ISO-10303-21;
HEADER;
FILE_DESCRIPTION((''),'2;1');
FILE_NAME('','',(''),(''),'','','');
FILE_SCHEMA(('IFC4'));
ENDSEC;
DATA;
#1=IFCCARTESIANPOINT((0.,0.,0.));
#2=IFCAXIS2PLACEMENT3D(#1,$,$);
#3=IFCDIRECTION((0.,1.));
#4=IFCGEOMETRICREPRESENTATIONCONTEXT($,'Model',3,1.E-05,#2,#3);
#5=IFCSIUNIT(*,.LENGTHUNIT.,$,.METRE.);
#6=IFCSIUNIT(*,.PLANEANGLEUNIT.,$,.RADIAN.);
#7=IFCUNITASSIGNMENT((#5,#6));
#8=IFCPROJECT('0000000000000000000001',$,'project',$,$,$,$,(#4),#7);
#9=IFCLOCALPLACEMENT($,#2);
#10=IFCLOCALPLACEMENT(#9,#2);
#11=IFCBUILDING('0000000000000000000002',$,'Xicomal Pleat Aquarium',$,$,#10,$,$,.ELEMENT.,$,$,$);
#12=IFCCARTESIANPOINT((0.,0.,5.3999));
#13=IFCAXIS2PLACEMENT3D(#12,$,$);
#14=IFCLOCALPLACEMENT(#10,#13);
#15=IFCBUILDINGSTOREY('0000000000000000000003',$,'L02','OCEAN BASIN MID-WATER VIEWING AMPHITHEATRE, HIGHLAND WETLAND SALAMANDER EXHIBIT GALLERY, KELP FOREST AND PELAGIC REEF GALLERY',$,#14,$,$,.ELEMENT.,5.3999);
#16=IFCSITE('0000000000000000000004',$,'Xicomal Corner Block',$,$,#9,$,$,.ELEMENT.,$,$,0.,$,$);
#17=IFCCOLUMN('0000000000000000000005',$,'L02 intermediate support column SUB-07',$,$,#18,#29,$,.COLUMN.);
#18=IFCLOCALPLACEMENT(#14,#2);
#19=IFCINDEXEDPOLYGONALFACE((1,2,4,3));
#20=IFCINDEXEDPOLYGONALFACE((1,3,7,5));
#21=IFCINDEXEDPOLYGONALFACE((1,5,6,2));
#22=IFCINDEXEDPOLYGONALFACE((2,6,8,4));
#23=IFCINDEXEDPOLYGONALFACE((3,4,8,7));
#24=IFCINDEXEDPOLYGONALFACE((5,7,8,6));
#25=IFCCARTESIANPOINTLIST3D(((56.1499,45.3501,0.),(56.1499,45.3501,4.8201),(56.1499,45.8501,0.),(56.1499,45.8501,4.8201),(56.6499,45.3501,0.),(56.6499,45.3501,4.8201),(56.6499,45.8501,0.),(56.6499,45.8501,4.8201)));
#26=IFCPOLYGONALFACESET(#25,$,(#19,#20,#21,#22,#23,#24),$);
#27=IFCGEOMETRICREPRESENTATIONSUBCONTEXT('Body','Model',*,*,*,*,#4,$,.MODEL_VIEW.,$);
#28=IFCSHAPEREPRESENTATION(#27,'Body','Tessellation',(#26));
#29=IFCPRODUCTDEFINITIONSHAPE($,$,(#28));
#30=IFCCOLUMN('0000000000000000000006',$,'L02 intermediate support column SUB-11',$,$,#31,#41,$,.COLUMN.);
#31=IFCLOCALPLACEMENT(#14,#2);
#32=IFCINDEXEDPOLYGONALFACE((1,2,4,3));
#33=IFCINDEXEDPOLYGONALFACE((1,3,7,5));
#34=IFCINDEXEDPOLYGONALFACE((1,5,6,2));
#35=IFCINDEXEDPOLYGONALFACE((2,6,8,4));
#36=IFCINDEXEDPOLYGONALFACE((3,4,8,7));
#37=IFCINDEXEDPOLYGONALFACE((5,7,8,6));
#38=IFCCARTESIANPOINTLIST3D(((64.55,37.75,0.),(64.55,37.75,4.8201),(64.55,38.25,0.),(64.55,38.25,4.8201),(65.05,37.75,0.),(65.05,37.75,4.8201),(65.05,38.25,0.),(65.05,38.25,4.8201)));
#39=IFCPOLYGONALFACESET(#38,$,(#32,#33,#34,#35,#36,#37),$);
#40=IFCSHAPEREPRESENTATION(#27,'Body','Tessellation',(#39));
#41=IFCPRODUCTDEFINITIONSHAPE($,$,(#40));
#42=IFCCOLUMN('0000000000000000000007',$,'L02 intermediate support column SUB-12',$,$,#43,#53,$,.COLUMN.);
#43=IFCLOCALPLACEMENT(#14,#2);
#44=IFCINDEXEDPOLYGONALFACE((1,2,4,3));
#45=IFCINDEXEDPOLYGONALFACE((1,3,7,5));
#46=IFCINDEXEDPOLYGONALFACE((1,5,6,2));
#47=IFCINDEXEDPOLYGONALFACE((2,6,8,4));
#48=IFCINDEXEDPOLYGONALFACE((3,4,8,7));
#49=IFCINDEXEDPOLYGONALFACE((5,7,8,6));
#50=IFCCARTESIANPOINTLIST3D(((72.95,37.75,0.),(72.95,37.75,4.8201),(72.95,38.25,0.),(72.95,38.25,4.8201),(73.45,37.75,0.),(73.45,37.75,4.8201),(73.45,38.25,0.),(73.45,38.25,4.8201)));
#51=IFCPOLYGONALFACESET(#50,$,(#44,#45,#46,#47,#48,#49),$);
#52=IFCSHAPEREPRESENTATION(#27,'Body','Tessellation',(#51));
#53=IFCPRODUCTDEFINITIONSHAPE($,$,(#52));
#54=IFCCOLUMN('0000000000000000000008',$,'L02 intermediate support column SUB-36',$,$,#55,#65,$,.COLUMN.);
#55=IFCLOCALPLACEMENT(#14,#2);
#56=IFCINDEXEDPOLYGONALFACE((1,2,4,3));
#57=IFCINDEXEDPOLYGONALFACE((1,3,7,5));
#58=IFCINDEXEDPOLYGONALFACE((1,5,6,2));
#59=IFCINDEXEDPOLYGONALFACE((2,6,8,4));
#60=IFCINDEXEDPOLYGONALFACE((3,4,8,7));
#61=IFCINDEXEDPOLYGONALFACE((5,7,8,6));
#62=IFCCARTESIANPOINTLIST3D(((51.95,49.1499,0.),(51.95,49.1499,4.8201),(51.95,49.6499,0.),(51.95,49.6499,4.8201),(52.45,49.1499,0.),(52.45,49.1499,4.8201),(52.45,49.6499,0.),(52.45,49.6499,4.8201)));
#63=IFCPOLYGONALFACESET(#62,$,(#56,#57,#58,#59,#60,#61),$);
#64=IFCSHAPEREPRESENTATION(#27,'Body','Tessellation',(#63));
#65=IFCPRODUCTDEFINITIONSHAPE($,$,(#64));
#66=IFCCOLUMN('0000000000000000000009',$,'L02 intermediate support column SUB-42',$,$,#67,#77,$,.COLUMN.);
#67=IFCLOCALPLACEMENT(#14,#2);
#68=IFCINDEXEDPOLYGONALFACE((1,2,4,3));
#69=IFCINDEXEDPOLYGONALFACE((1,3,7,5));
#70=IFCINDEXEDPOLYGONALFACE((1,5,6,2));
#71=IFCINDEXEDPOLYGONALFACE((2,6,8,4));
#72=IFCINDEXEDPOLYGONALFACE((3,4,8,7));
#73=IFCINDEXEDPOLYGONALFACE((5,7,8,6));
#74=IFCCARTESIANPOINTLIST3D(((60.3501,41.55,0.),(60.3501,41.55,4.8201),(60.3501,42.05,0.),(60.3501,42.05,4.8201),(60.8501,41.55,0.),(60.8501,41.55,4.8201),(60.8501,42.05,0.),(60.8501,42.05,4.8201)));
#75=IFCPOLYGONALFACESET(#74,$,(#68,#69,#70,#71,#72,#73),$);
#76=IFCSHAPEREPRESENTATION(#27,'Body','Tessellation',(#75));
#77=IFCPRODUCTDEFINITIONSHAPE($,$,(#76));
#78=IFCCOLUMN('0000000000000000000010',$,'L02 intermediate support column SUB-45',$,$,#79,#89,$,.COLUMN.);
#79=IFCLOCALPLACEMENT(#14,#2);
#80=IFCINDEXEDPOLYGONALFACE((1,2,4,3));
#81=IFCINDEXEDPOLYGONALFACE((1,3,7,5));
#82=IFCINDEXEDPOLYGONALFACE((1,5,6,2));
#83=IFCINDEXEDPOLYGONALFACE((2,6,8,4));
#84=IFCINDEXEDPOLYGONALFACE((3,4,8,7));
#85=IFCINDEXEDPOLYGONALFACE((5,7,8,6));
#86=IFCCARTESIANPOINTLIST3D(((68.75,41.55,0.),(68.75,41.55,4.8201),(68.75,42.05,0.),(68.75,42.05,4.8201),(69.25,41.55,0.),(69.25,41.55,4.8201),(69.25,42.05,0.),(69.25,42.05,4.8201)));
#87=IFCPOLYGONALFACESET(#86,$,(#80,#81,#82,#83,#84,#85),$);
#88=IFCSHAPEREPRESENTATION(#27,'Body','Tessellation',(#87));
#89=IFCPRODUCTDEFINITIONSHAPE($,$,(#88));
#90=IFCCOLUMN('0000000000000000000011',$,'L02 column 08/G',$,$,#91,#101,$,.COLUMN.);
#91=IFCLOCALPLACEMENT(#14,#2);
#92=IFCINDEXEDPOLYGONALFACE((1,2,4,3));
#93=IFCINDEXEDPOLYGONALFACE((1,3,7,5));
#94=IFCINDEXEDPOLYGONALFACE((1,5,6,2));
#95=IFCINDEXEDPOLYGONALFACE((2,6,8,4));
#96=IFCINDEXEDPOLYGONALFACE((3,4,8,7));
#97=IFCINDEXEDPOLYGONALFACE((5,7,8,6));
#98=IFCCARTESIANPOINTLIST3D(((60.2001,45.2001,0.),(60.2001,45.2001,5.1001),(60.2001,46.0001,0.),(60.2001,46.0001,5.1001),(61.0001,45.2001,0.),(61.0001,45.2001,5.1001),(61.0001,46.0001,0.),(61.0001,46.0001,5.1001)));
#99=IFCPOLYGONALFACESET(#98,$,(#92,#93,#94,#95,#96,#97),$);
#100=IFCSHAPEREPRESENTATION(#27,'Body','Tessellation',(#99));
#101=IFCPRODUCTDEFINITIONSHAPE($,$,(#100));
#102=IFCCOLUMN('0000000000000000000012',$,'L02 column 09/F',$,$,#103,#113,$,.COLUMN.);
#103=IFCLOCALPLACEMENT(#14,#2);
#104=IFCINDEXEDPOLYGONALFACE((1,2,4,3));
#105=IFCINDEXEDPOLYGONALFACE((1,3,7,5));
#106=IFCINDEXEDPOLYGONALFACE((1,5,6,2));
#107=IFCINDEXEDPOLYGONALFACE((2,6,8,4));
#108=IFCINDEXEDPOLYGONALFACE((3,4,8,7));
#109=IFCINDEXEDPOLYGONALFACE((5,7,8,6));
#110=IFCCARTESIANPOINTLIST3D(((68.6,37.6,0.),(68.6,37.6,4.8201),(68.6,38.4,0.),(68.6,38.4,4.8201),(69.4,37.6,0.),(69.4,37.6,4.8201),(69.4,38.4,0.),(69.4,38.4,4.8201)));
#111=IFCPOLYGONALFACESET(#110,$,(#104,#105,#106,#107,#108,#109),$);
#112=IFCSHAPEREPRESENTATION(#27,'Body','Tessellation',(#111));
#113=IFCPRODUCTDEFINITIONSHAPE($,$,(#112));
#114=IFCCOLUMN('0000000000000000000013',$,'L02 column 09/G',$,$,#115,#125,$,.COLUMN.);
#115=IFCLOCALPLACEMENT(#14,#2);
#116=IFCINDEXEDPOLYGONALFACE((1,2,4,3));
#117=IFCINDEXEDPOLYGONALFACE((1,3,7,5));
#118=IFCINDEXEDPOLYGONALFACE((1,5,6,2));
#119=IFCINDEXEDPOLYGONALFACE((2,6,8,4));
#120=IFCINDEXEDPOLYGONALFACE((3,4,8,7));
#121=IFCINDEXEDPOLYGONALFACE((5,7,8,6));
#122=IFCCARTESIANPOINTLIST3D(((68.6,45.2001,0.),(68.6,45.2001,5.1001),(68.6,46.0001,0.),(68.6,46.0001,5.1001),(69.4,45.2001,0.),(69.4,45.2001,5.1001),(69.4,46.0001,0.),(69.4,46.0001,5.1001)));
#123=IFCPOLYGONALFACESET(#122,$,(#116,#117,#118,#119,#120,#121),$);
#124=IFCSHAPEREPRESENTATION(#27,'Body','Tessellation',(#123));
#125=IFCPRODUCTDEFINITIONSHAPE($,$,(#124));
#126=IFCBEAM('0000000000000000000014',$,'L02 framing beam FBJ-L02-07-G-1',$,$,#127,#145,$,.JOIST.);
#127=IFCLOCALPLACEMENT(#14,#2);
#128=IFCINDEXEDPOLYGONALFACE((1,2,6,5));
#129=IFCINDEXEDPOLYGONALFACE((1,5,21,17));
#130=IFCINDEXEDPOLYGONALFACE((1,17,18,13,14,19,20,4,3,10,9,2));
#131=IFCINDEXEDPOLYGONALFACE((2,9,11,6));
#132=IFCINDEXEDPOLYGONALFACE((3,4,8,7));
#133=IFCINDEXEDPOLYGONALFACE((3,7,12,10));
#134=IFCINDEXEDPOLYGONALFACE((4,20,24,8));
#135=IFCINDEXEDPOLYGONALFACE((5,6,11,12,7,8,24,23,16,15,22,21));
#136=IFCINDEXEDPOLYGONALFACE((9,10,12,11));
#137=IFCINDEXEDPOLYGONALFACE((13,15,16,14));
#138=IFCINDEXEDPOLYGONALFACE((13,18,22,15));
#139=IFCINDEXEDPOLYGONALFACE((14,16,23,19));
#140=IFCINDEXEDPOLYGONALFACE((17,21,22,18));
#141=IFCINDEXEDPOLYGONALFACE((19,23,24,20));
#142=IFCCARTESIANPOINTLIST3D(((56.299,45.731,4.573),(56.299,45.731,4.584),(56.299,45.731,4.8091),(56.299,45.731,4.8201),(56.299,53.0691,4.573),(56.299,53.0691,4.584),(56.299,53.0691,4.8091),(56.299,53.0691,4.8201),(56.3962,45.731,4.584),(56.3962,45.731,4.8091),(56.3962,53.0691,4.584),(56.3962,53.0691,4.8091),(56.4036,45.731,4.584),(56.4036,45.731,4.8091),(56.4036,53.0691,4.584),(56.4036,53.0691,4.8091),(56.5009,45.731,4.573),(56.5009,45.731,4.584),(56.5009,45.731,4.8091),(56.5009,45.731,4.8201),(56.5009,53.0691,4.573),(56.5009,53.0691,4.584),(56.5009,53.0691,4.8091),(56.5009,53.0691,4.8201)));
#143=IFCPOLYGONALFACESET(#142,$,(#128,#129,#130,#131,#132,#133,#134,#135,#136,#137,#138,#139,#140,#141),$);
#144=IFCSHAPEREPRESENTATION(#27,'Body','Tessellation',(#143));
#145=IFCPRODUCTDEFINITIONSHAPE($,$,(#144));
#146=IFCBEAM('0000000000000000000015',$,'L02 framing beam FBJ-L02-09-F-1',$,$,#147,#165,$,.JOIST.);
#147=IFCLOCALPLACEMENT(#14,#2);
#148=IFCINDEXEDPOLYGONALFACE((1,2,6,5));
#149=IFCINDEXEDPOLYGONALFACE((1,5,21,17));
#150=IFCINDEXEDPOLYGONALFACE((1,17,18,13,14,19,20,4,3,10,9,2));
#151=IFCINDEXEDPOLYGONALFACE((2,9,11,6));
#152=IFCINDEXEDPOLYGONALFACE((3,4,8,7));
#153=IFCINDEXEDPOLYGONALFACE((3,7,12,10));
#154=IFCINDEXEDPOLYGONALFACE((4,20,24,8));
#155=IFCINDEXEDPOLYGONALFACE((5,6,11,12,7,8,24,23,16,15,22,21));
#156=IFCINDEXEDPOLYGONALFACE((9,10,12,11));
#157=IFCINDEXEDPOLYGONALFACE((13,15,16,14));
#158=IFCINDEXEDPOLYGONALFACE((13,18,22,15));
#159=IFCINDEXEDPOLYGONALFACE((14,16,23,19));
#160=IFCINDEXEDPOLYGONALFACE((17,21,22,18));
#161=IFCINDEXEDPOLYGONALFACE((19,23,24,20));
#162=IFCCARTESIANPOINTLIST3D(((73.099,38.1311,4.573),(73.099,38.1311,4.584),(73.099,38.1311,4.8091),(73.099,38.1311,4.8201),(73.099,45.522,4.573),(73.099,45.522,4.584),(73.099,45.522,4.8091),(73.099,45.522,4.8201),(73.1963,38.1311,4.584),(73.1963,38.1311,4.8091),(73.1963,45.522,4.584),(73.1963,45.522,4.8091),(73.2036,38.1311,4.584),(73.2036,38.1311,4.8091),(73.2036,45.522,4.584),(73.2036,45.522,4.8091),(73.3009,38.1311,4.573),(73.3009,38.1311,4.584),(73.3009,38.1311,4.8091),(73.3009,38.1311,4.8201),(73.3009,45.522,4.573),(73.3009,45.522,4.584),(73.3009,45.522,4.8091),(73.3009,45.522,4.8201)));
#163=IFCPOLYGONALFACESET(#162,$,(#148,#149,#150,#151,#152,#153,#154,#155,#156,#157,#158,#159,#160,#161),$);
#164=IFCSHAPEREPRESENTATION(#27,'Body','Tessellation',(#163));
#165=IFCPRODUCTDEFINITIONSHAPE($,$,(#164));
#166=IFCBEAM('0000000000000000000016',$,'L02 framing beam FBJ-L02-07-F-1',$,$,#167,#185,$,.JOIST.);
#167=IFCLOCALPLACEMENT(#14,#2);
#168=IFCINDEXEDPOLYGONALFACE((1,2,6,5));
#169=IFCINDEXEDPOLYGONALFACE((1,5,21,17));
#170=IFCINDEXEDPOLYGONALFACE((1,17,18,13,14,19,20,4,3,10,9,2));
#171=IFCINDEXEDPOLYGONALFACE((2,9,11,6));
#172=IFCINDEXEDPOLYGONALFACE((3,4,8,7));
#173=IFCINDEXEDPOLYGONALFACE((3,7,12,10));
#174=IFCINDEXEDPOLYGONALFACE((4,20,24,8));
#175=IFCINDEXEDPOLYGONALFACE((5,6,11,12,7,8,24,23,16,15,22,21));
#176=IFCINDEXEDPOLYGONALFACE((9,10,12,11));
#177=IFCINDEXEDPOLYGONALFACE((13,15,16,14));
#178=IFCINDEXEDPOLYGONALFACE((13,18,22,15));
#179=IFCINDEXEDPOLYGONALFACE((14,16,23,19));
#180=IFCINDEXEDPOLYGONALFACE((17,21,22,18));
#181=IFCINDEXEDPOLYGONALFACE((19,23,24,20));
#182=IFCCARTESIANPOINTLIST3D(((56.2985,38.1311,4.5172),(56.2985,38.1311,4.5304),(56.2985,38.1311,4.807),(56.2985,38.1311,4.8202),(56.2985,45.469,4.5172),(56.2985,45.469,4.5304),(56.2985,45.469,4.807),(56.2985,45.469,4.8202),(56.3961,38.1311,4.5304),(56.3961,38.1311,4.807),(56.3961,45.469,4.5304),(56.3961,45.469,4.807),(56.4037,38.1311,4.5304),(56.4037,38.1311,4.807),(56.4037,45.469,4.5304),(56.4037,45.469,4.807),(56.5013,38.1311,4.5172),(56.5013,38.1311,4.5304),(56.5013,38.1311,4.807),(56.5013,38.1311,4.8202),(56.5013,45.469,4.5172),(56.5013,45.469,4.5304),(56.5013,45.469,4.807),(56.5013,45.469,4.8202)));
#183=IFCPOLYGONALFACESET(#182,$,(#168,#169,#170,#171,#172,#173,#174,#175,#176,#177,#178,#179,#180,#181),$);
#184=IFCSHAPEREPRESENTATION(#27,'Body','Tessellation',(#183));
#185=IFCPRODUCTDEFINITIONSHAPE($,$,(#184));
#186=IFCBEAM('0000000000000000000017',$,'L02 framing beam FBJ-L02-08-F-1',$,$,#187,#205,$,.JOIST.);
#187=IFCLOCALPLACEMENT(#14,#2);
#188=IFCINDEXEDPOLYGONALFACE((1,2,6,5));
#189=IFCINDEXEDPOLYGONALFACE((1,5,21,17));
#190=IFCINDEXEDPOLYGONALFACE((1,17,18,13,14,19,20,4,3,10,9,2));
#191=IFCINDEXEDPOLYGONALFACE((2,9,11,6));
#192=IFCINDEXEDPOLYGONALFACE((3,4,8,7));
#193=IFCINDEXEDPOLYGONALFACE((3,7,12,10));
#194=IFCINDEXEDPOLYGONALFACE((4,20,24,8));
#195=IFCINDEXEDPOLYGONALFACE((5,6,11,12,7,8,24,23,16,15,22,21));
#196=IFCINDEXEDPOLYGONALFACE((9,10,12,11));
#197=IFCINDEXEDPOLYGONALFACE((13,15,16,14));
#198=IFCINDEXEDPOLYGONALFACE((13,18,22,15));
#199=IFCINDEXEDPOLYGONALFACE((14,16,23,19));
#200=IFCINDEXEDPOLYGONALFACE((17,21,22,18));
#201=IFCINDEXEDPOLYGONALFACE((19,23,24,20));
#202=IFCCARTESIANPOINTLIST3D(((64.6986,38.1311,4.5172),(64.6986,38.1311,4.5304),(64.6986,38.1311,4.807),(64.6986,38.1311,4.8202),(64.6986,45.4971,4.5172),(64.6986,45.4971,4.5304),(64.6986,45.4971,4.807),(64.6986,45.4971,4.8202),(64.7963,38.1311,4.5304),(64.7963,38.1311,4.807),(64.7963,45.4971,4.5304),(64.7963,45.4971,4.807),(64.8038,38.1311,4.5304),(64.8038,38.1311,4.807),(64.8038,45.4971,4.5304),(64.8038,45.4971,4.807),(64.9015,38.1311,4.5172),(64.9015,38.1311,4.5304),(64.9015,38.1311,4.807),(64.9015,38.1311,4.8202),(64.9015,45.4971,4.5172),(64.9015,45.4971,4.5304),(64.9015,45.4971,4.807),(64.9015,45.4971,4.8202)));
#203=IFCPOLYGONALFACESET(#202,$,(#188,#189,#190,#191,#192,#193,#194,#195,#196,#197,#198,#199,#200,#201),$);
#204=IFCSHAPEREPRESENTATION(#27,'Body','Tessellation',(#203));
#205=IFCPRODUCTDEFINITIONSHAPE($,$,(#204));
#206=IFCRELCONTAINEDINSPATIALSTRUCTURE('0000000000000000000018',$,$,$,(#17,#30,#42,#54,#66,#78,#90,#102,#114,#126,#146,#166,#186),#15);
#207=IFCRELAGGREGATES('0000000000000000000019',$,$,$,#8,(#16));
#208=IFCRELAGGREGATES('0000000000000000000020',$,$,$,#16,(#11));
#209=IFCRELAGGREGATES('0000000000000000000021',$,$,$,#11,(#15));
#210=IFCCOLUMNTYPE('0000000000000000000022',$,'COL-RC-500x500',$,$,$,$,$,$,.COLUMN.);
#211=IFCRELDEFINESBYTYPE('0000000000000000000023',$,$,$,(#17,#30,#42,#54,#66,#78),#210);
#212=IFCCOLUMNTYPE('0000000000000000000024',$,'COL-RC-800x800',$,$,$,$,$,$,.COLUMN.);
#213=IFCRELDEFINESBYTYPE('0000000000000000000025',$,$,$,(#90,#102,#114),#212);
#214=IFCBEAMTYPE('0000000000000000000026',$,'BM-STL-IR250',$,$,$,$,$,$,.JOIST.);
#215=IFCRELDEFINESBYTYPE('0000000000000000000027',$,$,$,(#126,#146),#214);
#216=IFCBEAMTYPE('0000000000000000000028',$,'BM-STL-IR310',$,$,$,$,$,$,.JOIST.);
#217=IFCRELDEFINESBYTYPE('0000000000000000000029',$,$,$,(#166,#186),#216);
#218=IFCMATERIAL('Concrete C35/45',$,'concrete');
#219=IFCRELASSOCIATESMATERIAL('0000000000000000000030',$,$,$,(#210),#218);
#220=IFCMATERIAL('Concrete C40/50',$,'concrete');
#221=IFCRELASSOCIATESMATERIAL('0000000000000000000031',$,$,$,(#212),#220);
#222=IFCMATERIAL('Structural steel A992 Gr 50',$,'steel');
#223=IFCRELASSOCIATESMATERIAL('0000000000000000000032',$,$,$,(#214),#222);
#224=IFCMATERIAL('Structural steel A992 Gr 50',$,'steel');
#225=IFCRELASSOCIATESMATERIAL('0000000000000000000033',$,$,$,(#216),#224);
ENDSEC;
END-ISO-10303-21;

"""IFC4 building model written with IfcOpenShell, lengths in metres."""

from ifc_helpers import new_model, si_unit, direction, frame, origin, origin_2d, place, context, subcontext, project, spatial, rectangle, i_section, extrude, material, material_profile, profile_set, type_object, element, save


model = new_model("IFC4")

# Units and contexts
model_context = context("Model", 3, precision=1e-05, world=origin(), true_north=direction((0.0, 1.0)))
body_context = subcontext(model_context, "Body", "Model", "MODEL_VIEW")
ifc_project = project(units=[si_unit("LENGTHUNIT", "METRE"), si_unit("PLANEANGLEUNIT", "RADIAN")], contexts=[model_context])

# Site, building, storey
site_placement = place(None, origin())
site = spatial("IfcSite", under=ifc_project, at=site_placement, Name="Xicomal Corner Block", CompositionType="ELEMENT", RefElevation=0.0)
building_placement = place(site_placement, origin())
building = spatial("IfcBuilding", under=site, at=building_placement, Name="Xicomal Pleat Aquarium", CompositionType="ELEMENT")
storey_placement = place(building_placement, frame((0.0, 0.0, 5.3999)))
storey = spatial("IfcBuildingStorey", under=building, at=storey_placement, Name="L02", Description="OCEAN BASIN MID-WATER VIEWING AMPHITHEATRE, HIGHLAND WETLAND SALAMANDER EXHIBIT GALLERY, KELP FOREST AND PELAGIC REEF GALLERY", CompositionType="ELEMENT", Elevation=5.3999)

# Columns
ifc_material_1 = material(Name="Concrete C35/45", Category="concrete")
ifc_material_profile_1 = material_profile(ifc_material_1, rectangle(XDim=0.5, YDim=0.5, at=origin_2d()), Name="RC 500x500")
ifc_profile_set_1 = profile_set([ifc_material_profile_1], Name="Concrete C35/45")
column_type_1 = type_object("IfcColumnType", Name="COL-RC-500x500", PredefinedType="COLUMN", material=ifc_profile_set_1)
for number, where, z_axis, x_axis, name in (
    (1, (56.3999, 45.6001, 0.0), (0.0, 0.0, 1.0), (1.0, 0.0, 0.0), "L02 intermediate support column SUB-07"),
    (2, (64.8, 38.0, 0.0), (0.0, 0.0, 1.0), (1.0, 0.0, 0.0), "L02 intermediate support column SUB-11"),
    (3, (73.2, 38.0, 0.0), (0.0, 0.0, 1.0), (1.0, 0.0, 0.0), "L02 intermediate support column SUB-12"),
    (4, (52.2, 49.3999, 0.0), (0.0, 0.0, 1.0), (1.0, 0.0, 0.0), "L02 intermediate support column SUB-36"),
    (5, (60.6001, 41.8, 0.0), (0.0, 0.0, 1.0), (1.0, 0.0, 0.0), "L02 intermediate support column SUB-42"),
    (6, (69.0, 41.8, 0.0), (0.0, 0.0, 1.0), (1.0, 0.0, 0.0), "L02 intermediate support column SUB-45"),
):
    element("IfcColumn", number, at=place(storey_placement, frame(where, z_axis=z_axis, x_axis=x_axis)), inside=storey, type_object=column_type_1, Name=name, PredefinedType="COLUMN", context=body_context, shape_type="SweptSolid", body=[
        extrude(rectangle(XDim=0.5, YDim=0.5, at=origin_2d()), origin(), (0.0, 0.0, 1.0), 4.8201),
    ])
ifc_material_2 = material(Name="Concrete C40/50", Category="concrete")
ifc_material_profile_2 = material_profile(ifc_material_2, rectangle(XDim=0.8, YDim=0.8, at=origin_2d()), Name="RC 800x800")
ifc_profile_set_2 = profile_set([ifc_material_profile_2], Name="Concrete C40/50")
column_type_2 = type_object("IfcColumnType", Name="COL-RC-800x800", PredefinedType="COLUMN", material=ifc_profile_set_2)
column_1_placement = place(storey_placement, frame((60.6001, 45.6001, 0.0), z_axis=(0.0, 0.0, 1.0), x_axis=(1.0, 0.0, 0.0)))
element("IfcColumn", 7, at=column_1_placement, inside=storey, type_object=column_type_2, Name="L02 column 08/G", PredefinedType="COLUMN", context=body_context, shape_type="SweptSolid", body=[
    extrude(rectangle(XDim=0.8, YDim=0.8, at=origin_2d()), origin(), (0.0, 0.0, 1.0), 5.1001),
])
column_2_placement = place(storey_placement, frame((69.0, 38.0, 0.0), z_axis=(0.0, 0.0, 1.0), x_axis=(1.0, 0.0, 0.0)))
element("IfcColumn", 8, at=column_2_placement, inside=storey, type_object=column_type_2, Name="L02 column 09/F", PredefinedType="COLUMN", context=body_context, shape_type="SweptSolid", body=[
    extrude(rectangle(XDim=0.8, YDim=0.8, at=origin_2d()), origin(), (0.0, 0.0, 1.0), 4.8201),
])
column_3_placement = place(storey_placement, frame((69.0, 45.6001, 0.0), z_axis=(0.0, 0.0, 1.0), x_axis=(1.0, 0.0, 0.0)))
element("IfcColumn", 9, at=column_3_placement, inside=storey, type_object=column_type_2, Name="L02 column 09/G", PredefinedType="COLUMN", context=body_context, shape_type="SweptSolid", body=[
    extrude(rectangle(XDim=0.8, YDim=0.8, at=origin_2d()), origin(), (0.0, 0.0, 1.0), 5.1001),
])

# Beams
ifc_material_3 = material(Name="Structural steel A992 Gr 50", Category="steel")
ifc_material_profile_3 = material_profile(ifc_material_3, i_section(OverallWidth=0.2019, OverallDepth=0.2471, WebThickness=0.0073, FlangeThickness=0.011, at=origin_2d()), Name="IR 250x49")
ifc_profile_set_3 = profile_set([ifc_material_profile_3], Name="Structural steel A992 Gr 50")
beam_type_1 = type_object("IfcBeamType", Name="BM-STL-IR250", PredefinedType="JOIST", material=ifc_profile_set_3)
beam_1_placement = place(storey_placement, frame((56.3999, 45.731, 4.6965), z_axis=(0.0, 1.0, 0.0), x_axis=(-1.0, 0.0, 0.0)))
element("IfcBeam", 10, at=beam_1_placement, inside=storey, type_object=beam_type_1, Name="L02 framing beam FBJ-L02-07-G-1", PredefinedType="JOIST", context=body_context, shape_type="SweptSolid", body=[
    extrude(i_section(OverallWidth=0.2019, OverallDepth=0.2471, WebThickness=0.0073, FlangeThickness=0.011, at=origin_2d()), origin(), (0.0, 0.0, 1.0), 7.3381),
])
beam_2_placement = place(storey_placement, frame((73.2, 38.1311, 4.6965), z_axis=(0.0, 1.0, 0.0), x_axis=(-1.0, 0.0, 0.0)))
element("IfcBeam", 11, at=beam_2_placement, inside=storey, type_object=beam_type_1, Name="L02 framing beam FBJ-L02-09-F-1", PredefinedType="JOIST", context=body_context, shape_type="SweptSolid", body=[
    extrude(i_section(OverallWidth=0.2019, OverallDepth=0.2471, WebThickness=0.0073, FlangeThickness=0.011, at=origin_2d()), origin(), (0.0, 0.0, 1.0), 7.3909),
])
ifc_material_4 = material(Name="Structural steel A992 Gr 50", Category="steel")
ifc_material_profile_4 = material_profile(ifc_material_4, i_section(OverallWidth=0.2029, OverallDepth=0.303, WebThickness=0.0076, FlangeThickness=0.0132, at=origin_2d()), Name="IR 310x60")
ifc_profile_set_4 = profile_set([ifc_material_profile_4], Name="Structural steel A992 Gr 50")
beam_type_2 = type_object("IfcBeamType", Name="BM-STL-IR310", PredefinedType="JOIST", material=ifc_profile_set_4)
beam_3_placement = place(storey_placement, frame((56.3999, 38.1311, 4.6687), z_axis=(0.0, 1.0, 0.0), x_axis=(-1.0, 0.0, 0.0)))
element("IfcBeam", 12, at=beam_3_placement, inside=storey, type_object=beam_type_2, Name="L02 framing beam FBJ-L02-07-F-1", PredefinedType="JOIST", context=body_context, shape_type="SweptSolid", body=[
    extrude(i_section(OverallWidth=0.2029, OverallDepth=0.303, WebThickness=0.0076, FlangeThickness=0.0132, at=origin_2d()), origin(), (0.0, 0.0, 1.0), 7.3379),
])
beam_4_placement = place(storey_placement, frame((64.8, 38.1311, 4.6687), z_axis=(0.0, 1.0, 0.0), x_axis=(-1.0, 0.0, 0.0)))
element("IfcBeam", 13, at=beam_4_placement, inside=storey, type_object=beam_type_2, Name="L02 framing beam FBJ-L02-08-F-1", PredefinedType="JOIST", context=body_context, shape_type="SweptSolid", body=[
    extrude(i_section(OverallWidth=0.2029, OverallDepth=0.303, WebThickness=0.0076, FlangeThickness=0.0132, at=origin_2d()), origin(), (0.0, 0.0, 1.0), 7.366),
])

save(model, "model.ifc")
